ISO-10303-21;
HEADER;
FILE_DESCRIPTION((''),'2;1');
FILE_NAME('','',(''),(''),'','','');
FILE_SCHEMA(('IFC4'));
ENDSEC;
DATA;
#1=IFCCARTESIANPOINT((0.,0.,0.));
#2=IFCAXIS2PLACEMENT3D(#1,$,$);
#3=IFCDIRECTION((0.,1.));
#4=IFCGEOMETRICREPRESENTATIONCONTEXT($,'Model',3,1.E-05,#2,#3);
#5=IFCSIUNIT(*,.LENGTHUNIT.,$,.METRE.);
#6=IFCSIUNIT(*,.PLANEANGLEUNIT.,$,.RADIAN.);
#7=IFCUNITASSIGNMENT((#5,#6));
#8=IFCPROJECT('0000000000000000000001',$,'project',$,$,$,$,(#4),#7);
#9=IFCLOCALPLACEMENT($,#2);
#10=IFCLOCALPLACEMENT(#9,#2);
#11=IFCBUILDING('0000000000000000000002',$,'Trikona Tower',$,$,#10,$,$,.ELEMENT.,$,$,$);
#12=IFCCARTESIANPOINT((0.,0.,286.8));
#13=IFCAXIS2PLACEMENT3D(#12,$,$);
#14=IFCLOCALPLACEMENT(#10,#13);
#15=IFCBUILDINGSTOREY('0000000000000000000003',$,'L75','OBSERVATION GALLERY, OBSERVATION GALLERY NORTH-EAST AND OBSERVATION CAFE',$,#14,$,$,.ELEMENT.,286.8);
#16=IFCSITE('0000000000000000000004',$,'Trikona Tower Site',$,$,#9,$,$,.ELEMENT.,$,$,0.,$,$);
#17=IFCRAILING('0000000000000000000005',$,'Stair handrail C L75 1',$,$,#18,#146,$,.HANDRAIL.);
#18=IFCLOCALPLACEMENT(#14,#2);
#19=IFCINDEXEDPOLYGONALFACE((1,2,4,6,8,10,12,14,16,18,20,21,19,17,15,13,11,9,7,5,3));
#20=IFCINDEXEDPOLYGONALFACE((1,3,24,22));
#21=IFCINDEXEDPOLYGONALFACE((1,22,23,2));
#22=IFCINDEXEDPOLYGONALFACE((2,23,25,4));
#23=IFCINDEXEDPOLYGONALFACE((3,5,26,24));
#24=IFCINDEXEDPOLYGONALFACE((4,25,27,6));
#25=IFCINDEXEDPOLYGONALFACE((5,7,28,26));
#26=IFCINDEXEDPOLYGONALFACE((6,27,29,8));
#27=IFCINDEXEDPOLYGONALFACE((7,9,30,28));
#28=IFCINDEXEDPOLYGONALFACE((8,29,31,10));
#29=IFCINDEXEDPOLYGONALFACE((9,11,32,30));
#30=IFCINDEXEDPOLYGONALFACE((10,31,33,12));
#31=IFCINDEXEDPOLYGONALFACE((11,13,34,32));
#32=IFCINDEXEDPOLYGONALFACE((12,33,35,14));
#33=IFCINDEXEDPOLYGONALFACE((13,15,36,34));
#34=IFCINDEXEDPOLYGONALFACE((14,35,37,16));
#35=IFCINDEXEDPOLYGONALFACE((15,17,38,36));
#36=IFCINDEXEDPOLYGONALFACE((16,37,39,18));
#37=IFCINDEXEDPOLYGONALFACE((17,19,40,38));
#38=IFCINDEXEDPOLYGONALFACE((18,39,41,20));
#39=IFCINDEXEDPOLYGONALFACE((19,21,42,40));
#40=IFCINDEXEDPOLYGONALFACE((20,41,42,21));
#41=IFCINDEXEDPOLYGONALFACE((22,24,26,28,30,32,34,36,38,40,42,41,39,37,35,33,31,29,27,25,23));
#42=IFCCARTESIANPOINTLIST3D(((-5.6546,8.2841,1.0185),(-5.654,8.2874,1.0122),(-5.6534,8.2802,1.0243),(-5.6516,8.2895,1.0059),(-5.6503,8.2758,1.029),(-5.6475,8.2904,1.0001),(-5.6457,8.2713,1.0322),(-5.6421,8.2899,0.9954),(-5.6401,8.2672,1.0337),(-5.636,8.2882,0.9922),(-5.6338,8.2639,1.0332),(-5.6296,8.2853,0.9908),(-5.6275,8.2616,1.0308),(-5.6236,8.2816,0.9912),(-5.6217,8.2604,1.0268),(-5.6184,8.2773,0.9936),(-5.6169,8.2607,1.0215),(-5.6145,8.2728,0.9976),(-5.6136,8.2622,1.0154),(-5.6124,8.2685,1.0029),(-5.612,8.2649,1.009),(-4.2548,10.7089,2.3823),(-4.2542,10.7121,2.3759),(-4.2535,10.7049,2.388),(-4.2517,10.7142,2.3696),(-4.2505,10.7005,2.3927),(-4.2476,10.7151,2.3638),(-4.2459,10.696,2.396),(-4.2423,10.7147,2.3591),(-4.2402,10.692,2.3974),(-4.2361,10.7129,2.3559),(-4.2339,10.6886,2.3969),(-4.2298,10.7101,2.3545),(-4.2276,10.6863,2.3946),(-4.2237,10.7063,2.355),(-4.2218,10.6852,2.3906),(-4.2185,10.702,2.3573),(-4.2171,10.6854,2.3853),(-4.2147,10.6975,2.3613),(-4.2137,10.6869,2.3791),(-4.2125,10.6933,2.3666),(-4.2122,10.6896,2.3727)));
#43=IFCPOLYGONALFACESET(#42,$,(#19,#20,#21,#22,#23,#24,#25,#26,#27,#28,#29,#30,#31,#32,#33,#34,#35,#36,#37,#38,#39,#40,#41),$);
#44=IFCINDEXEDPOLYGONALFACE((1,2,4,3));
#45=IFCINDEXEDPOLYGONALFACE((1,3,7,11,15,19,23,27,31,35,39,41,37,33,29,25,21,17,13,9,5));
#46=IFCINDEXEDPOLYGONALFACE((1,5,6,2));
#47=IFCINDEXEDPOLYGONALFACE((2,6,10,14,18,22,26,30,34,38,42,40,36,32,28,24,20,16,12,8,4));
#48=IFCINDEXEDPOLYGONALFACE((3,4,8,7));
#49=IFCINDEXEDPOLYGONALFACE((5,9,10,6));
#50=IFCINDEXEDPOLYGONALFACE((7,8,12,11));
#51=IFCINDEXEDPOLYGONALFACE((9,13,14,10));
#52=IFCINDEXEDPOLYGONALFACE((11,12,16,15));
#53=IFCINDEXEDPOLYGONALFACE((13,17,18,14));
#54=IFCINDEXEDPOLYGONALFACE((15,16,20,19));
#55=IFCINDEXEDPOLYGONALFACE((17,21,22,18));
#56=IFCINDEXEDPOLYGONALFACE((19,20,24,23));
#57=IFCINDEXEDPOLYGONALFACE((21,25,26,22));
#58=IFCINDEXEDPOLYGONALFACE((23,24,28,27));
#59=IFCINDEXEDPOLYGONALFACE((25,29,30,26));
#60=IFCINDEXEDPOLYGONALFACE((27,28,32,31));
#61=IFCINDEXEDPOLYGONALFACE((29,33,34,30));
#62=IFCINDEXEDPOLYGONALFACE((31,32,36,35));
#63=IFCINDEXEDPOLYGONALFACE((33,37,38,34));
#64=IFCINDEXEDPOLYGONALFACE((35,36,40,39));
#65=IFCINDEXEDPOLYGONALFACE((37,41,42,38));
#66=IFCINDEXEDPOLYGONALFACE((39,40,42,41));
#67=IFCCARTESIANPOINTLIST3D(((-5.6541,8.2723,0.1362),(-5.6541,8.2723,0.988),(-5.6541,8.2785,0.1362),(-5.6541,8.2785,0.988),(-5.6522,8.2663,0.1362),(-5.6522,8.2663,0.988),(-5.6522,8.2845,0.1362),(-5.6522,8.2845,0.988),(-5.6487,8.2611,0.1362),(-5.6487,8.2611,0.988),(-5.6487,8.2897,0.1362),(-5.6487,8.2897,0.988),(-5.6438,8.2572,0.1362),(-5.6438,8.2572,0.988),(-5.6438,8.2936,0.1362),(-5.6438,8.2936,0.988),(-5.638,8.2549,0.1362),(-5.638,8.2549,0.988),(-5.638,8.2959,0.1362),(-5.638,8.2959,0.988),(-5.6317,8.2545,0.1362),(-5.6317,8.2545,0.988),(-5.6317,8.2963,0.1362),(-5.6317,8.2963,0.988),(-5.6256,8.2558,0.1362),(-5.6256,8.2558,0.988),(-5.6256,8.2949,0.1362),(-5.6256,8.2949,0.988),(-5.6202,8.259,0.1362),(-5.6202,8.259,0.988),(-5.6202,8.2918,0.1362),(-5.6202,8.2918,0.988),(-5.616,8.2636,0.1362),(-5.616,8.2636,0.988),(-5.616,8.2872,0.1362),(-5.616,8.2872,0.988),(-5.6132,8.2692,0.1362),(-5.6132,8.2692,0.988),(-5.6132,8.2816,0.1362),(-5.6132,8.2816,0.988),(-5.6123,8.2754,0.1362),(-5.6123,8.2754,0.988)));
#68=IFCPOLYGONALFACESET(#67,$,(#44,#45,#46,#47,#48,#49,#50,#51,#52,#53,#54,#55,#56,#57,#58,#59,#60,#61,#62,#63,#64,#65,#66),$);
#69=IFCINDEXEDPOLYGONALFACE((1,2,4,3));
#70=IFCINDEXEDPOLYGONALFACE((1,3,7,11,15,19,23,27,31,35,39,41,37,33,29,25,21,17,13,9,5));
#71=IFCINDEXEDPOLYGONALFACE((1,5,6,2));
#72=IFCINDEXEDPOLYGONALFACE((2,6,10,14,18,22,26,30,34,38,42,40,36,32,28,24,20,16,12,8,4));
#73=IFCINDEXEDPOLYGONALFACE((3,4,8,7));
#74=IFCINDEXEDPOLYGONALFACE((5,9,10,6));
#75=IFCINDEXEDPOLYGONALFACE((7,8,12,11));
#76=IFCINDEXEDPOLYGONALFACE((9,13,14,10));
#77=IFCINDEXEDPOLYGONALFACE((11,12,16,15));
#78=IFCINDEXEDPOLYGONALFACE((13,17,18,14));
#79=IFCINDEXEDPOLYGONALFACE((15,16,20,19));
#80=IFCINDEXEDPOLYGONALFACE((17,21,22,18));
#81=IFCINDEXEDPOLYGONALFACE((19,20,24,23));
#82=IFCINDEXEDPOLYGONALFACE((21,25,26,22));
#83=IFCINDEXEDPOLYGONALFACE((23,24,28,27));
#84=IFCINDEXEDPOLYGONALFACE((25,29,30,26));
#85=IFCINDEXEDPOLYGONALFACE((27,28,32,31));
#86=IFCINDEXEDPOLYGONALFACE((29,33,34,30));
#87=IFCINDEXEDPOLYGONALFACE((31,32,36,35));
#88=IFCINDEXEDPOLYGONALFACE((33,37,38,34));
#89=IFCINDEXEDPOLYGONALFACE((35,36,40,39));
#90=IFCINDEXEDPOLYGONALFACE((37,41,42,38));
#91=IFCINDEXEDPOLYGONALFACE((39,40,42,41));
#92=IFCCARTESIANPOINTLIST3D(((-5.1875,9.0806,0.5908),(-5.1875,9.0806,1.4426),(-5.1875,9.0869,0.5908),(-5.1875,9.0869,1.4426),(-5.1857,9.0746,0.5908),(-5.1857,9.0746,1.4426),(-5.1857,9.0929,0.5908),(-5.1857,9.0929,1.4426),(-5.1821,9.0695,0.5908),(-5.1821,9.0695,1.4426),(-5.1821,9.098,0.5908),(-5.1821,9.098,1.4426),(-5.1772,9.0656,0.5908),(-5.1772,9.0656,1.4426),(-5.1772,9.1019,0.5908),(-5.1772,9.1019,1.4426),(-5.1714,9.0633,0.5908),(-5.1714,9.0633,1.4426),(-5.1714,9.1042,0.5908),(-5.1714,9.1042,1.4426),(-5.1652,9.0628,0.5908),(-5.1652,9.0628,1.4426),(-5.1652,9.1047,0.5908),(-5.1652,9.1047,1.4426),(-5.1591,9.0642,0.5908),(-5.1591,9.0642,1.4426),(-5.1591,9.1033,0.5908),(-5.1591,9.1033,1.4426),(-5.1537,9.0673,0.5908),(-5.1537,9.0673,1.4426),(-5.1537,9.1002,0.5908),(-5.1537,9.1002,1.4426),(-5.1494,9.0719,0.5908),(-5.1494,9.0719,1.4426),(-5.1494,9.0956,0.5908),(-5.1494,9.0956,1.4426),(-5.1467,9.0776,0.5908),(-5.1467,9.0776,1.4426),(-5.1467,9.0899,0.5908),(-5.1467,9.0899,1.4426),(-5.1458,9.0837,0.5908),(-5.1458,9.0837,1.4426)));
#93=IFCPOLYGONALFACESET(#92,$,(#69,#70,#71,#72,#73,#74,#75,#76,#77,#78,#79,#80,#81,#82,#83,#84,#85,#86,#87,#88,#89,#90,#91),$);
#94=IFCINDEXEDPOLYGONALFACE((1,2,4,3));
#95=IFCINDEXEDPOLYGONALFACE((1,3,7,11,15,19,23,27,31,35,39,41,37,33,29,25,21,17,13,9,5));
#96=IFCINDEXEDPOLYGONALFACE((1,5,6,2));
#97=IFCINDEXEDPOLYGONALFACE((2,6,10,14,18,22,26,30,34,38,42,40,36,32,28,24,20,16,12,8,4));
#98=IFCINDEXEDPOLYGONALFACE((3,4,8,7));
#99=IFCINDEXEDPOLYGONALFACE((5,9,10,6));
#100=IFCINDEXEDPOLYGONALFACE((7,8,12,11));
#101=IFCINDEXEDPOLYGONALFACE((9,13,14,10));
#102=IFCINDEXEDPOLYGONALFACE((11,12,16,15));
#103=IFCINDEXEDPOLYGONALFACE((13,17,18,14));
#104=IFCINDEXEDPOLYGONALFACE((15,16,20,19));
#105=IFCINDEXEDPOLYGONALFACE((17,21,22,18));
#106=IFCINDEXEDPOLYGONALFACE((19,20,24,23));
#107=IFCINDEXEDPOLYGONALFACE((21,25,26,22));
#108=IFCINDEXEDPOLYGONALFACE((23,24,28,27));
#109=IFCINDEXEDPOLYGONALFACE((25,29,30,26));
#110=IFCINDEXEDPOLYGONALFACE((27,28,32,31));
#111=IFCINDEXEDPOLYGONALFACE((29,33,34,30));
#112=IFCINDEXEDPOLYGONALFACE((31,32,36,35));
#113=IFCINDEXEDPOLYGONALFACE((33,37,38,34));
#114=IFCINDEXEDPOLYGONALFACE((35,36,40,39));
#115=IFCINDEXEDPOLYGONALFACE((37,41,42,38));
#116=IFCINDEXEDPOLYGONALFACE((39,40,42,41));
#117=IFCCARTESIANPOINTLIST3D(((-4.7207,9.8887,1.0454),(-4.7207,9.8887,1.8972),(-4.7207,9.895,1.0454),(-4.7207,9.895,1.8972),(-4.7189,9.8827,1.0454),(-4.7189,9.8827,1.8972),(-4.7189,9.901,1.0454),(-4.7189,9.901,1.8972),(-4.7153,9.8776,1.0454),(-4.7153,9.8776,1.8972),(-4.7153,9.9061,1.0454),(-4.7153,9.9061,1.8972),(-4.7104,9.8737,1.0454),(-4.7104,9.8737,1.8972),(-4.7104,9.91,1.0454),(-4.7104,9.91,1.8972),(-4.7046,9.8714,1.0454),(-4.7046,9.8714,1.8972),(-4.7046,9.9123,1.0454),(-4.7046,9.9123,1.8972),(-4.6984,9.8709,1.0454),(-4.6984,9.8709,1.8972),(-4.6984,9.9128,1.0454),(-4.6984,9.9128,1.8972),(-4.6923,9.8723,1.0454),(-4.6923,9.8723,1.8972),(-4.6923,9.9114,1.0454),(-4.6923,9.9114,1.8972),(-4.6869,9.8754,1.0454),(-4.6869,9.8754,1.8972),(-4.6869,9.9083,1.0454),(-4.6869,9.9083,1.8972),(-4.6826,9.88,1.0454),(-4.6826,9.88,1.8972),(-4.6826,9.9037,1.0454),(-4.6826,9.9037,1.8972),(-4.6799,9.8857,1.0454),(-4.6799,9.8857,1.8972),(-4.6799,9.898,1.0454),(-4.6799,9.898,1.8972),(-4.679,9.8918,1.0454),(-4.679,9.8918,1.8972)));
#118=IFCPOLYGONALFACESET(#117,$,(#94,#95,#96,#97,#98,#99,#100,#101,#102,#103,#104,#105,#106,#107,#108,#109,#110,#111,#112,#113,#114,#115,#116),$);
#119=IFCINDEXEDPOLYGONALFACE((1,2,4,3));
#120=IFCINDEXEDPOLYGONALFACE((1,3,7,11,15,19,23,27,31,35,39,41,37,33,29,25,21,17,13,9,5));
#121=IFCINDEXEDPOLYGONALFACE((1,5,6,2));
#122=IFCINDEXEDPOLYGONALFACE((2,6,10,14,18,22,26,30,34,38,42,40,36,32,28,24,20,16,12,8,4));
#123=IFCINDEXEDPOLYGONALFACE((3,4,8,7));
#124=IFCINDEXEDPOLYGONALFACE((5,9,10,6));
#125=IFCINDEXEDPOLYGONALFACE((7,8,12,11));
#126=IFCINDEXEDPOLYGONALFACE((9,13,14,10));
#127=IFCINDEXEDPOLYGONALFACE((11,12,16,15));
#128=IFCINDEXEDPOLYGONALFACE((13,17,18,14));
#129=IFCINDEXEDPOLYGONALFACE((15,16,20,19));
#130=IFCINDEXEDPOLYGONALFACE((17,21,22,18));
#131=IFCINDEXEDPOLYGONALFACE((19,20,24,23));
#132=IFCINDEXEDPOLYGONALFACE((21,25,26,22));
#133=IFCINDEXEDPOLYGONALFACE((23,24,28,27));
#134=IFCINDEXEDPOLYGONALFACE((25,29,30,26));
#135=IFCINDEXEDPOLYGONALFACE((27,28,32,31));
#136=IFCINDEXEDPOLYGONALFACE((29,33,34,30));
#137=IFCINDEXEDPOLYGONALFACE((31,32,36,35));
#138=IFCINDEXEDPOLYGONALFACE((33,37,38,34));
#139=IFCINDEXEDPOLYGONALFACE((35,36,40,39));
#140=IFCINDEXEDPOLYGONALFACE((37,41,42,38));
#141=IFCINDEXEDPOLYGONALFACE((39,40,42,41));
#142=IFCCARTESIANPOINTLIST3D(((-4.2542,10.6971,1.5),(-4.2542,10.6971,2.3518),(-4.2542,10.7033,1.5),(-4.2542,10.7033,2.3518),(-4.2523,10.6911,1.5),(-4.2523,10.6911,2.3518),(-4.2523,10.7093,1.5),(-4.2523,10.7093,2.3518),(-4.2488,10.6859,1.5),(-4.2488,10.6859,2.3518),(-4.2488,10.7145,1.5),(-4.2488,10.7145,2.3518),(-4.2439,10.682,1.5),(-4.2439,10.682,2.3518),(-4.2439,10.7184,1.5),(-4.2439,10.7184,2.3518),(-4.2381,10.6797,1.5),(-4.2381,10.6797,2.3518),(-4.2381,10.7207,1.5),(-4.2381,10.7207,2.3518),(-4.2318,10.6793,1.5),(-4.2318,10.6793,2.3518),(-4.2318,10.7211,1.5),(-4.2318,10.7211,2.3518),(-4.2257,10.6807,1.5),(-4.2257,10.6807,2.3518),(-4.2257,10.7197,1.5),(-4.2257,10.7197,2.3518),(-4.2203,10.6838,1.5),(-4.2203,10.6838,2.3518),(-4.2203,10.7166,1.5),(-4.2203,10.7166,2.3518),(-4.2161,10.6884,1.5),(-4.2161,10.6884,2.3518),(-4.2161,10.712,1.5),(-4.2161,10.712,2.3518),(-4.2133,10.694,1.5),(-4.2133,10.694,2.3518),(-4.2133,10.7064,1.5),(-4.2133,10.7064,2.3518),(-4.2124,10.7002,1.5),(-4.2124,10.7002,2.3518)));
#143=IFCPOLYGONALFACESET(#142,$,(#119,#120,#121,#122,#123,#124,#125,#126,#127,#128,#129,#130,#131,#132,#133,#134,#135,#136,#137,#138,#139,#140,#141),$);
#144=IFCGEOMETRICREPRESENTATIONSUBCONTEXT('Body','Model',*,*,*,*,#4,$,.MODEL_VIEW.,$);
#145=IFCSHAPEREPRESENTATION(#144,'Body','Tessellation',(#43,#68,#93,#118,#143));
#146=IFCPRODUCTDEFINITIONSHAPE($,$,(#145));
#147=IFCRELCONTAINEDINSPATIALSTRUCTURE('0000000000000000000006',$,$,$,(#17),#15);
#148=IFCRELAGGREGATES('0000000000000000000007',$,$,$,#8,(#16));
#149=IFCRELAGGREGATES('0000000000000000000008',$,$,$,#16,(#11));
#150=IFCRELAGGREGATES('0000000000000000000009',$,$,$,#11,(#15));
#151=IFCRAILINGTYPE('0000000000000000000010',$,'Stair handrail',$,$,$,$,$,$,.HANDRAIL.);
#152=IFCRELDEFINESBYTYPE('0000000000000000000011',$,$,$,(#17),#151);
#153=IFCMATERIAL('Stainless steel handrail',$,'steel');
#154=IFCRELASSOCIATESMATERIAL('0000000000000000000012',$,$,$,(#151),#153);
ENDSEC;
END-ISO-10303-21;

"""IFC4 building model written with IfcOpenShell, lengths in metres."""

from ifc_helpers import new_model, si_unit, direction, frame, origin, origin_2d, place, context, subcontext, project, spatial, circle, extrude, material, type_object, element, save


model = new_model("IFC4")

# Units and contexts
model_context = context("Model", 3, precision=1e-05, world=origin(), true_north=direction((0.0, 1.0)))
body_context = subcontext(model_context, "Body", "Model", "MODEL_VIEW")
ifc_project = project(units=[si_unit("LENGTHUNIT", "METRE"), si_unit("PLANEANGLEUNIT", "RADIAN")], contexts=[model_context])

# Site, building, storey
site_placement = place(None, origin())
site = spatial("IfcSite", under=ifc_project, at=site_placement, Name="Trikona Tower Site", CompositionType="ELEMENT", RefElevation=0.0)
building_placement = place(site_placement, origin())
building = spatial("IfcBuilding", under=site, at=building_placement, Name="Trikona Tower", CompositionType="ELEMENT")
storey_placement = place(building_placement, frame((0.0, 0.0, 286.8)))
storey = spatial("IfcBuildingStorey", under=building, at=storey_placement, Name="L75", Description="OBSERVATION GALLERY, OBSERVATION GALLERY NORTH-EAST AND OBSERVATION CAFE", CompositionType="ELEMENT", Elevation=286.8)

# Railing
ifc_material_1 = material(Name="Stainless steel handrail", Category="steel")
railing_type = type_object("IfcRailingType", Name="Stair handrail", PredefinedType="HANDRAIL", material=ifc_material_1)
railing_1_placement = place(storey_placement, frame((-5.6333, 8.2754, 0.1362)))
element("IfcRailing", 1, at=railing_1_placement, inside=storey, type_object=railing_type, Name="Stair handrail C L75 1", PredefinedType="HANDRAIL", context=body_context, shape_type="SweptSolid", body=[
    extrude(circle(Radius=0.0239, at=origin_2d()), frame((0.0, 0.0, 0.876), z_axis=(0.449498, 0.778587, 0.437896), x_axis=(-0.866035, 0.499984, 0.0)), (0.0, 0.0, 1.0), 3.1143),
    extrude(circle(Radius=0.021, at=origin_2d()), origin(), (0.0, 0.0, 1.0), 0.8518),
    extrude(circle(Radius=0.021, at=origin_2d()), frame((0.4666, 0.8083, 0.4546)), (0.0, 0.0, 1.0), 0.8518),
    extrude(circle(Radius=0.021, at=origin_2d()), frame((0.9333, 1.6165, 0.9092)), (0.0, 0.0, 1.0), 0.8518),
    extrude(circle(Radius=0.021, at=origin_2d()), frame((1.3999, 2.4248, 1.3638)), (0.0, 0.0, 1.0), 0.8518),
])

save(model, "model.ifc")
